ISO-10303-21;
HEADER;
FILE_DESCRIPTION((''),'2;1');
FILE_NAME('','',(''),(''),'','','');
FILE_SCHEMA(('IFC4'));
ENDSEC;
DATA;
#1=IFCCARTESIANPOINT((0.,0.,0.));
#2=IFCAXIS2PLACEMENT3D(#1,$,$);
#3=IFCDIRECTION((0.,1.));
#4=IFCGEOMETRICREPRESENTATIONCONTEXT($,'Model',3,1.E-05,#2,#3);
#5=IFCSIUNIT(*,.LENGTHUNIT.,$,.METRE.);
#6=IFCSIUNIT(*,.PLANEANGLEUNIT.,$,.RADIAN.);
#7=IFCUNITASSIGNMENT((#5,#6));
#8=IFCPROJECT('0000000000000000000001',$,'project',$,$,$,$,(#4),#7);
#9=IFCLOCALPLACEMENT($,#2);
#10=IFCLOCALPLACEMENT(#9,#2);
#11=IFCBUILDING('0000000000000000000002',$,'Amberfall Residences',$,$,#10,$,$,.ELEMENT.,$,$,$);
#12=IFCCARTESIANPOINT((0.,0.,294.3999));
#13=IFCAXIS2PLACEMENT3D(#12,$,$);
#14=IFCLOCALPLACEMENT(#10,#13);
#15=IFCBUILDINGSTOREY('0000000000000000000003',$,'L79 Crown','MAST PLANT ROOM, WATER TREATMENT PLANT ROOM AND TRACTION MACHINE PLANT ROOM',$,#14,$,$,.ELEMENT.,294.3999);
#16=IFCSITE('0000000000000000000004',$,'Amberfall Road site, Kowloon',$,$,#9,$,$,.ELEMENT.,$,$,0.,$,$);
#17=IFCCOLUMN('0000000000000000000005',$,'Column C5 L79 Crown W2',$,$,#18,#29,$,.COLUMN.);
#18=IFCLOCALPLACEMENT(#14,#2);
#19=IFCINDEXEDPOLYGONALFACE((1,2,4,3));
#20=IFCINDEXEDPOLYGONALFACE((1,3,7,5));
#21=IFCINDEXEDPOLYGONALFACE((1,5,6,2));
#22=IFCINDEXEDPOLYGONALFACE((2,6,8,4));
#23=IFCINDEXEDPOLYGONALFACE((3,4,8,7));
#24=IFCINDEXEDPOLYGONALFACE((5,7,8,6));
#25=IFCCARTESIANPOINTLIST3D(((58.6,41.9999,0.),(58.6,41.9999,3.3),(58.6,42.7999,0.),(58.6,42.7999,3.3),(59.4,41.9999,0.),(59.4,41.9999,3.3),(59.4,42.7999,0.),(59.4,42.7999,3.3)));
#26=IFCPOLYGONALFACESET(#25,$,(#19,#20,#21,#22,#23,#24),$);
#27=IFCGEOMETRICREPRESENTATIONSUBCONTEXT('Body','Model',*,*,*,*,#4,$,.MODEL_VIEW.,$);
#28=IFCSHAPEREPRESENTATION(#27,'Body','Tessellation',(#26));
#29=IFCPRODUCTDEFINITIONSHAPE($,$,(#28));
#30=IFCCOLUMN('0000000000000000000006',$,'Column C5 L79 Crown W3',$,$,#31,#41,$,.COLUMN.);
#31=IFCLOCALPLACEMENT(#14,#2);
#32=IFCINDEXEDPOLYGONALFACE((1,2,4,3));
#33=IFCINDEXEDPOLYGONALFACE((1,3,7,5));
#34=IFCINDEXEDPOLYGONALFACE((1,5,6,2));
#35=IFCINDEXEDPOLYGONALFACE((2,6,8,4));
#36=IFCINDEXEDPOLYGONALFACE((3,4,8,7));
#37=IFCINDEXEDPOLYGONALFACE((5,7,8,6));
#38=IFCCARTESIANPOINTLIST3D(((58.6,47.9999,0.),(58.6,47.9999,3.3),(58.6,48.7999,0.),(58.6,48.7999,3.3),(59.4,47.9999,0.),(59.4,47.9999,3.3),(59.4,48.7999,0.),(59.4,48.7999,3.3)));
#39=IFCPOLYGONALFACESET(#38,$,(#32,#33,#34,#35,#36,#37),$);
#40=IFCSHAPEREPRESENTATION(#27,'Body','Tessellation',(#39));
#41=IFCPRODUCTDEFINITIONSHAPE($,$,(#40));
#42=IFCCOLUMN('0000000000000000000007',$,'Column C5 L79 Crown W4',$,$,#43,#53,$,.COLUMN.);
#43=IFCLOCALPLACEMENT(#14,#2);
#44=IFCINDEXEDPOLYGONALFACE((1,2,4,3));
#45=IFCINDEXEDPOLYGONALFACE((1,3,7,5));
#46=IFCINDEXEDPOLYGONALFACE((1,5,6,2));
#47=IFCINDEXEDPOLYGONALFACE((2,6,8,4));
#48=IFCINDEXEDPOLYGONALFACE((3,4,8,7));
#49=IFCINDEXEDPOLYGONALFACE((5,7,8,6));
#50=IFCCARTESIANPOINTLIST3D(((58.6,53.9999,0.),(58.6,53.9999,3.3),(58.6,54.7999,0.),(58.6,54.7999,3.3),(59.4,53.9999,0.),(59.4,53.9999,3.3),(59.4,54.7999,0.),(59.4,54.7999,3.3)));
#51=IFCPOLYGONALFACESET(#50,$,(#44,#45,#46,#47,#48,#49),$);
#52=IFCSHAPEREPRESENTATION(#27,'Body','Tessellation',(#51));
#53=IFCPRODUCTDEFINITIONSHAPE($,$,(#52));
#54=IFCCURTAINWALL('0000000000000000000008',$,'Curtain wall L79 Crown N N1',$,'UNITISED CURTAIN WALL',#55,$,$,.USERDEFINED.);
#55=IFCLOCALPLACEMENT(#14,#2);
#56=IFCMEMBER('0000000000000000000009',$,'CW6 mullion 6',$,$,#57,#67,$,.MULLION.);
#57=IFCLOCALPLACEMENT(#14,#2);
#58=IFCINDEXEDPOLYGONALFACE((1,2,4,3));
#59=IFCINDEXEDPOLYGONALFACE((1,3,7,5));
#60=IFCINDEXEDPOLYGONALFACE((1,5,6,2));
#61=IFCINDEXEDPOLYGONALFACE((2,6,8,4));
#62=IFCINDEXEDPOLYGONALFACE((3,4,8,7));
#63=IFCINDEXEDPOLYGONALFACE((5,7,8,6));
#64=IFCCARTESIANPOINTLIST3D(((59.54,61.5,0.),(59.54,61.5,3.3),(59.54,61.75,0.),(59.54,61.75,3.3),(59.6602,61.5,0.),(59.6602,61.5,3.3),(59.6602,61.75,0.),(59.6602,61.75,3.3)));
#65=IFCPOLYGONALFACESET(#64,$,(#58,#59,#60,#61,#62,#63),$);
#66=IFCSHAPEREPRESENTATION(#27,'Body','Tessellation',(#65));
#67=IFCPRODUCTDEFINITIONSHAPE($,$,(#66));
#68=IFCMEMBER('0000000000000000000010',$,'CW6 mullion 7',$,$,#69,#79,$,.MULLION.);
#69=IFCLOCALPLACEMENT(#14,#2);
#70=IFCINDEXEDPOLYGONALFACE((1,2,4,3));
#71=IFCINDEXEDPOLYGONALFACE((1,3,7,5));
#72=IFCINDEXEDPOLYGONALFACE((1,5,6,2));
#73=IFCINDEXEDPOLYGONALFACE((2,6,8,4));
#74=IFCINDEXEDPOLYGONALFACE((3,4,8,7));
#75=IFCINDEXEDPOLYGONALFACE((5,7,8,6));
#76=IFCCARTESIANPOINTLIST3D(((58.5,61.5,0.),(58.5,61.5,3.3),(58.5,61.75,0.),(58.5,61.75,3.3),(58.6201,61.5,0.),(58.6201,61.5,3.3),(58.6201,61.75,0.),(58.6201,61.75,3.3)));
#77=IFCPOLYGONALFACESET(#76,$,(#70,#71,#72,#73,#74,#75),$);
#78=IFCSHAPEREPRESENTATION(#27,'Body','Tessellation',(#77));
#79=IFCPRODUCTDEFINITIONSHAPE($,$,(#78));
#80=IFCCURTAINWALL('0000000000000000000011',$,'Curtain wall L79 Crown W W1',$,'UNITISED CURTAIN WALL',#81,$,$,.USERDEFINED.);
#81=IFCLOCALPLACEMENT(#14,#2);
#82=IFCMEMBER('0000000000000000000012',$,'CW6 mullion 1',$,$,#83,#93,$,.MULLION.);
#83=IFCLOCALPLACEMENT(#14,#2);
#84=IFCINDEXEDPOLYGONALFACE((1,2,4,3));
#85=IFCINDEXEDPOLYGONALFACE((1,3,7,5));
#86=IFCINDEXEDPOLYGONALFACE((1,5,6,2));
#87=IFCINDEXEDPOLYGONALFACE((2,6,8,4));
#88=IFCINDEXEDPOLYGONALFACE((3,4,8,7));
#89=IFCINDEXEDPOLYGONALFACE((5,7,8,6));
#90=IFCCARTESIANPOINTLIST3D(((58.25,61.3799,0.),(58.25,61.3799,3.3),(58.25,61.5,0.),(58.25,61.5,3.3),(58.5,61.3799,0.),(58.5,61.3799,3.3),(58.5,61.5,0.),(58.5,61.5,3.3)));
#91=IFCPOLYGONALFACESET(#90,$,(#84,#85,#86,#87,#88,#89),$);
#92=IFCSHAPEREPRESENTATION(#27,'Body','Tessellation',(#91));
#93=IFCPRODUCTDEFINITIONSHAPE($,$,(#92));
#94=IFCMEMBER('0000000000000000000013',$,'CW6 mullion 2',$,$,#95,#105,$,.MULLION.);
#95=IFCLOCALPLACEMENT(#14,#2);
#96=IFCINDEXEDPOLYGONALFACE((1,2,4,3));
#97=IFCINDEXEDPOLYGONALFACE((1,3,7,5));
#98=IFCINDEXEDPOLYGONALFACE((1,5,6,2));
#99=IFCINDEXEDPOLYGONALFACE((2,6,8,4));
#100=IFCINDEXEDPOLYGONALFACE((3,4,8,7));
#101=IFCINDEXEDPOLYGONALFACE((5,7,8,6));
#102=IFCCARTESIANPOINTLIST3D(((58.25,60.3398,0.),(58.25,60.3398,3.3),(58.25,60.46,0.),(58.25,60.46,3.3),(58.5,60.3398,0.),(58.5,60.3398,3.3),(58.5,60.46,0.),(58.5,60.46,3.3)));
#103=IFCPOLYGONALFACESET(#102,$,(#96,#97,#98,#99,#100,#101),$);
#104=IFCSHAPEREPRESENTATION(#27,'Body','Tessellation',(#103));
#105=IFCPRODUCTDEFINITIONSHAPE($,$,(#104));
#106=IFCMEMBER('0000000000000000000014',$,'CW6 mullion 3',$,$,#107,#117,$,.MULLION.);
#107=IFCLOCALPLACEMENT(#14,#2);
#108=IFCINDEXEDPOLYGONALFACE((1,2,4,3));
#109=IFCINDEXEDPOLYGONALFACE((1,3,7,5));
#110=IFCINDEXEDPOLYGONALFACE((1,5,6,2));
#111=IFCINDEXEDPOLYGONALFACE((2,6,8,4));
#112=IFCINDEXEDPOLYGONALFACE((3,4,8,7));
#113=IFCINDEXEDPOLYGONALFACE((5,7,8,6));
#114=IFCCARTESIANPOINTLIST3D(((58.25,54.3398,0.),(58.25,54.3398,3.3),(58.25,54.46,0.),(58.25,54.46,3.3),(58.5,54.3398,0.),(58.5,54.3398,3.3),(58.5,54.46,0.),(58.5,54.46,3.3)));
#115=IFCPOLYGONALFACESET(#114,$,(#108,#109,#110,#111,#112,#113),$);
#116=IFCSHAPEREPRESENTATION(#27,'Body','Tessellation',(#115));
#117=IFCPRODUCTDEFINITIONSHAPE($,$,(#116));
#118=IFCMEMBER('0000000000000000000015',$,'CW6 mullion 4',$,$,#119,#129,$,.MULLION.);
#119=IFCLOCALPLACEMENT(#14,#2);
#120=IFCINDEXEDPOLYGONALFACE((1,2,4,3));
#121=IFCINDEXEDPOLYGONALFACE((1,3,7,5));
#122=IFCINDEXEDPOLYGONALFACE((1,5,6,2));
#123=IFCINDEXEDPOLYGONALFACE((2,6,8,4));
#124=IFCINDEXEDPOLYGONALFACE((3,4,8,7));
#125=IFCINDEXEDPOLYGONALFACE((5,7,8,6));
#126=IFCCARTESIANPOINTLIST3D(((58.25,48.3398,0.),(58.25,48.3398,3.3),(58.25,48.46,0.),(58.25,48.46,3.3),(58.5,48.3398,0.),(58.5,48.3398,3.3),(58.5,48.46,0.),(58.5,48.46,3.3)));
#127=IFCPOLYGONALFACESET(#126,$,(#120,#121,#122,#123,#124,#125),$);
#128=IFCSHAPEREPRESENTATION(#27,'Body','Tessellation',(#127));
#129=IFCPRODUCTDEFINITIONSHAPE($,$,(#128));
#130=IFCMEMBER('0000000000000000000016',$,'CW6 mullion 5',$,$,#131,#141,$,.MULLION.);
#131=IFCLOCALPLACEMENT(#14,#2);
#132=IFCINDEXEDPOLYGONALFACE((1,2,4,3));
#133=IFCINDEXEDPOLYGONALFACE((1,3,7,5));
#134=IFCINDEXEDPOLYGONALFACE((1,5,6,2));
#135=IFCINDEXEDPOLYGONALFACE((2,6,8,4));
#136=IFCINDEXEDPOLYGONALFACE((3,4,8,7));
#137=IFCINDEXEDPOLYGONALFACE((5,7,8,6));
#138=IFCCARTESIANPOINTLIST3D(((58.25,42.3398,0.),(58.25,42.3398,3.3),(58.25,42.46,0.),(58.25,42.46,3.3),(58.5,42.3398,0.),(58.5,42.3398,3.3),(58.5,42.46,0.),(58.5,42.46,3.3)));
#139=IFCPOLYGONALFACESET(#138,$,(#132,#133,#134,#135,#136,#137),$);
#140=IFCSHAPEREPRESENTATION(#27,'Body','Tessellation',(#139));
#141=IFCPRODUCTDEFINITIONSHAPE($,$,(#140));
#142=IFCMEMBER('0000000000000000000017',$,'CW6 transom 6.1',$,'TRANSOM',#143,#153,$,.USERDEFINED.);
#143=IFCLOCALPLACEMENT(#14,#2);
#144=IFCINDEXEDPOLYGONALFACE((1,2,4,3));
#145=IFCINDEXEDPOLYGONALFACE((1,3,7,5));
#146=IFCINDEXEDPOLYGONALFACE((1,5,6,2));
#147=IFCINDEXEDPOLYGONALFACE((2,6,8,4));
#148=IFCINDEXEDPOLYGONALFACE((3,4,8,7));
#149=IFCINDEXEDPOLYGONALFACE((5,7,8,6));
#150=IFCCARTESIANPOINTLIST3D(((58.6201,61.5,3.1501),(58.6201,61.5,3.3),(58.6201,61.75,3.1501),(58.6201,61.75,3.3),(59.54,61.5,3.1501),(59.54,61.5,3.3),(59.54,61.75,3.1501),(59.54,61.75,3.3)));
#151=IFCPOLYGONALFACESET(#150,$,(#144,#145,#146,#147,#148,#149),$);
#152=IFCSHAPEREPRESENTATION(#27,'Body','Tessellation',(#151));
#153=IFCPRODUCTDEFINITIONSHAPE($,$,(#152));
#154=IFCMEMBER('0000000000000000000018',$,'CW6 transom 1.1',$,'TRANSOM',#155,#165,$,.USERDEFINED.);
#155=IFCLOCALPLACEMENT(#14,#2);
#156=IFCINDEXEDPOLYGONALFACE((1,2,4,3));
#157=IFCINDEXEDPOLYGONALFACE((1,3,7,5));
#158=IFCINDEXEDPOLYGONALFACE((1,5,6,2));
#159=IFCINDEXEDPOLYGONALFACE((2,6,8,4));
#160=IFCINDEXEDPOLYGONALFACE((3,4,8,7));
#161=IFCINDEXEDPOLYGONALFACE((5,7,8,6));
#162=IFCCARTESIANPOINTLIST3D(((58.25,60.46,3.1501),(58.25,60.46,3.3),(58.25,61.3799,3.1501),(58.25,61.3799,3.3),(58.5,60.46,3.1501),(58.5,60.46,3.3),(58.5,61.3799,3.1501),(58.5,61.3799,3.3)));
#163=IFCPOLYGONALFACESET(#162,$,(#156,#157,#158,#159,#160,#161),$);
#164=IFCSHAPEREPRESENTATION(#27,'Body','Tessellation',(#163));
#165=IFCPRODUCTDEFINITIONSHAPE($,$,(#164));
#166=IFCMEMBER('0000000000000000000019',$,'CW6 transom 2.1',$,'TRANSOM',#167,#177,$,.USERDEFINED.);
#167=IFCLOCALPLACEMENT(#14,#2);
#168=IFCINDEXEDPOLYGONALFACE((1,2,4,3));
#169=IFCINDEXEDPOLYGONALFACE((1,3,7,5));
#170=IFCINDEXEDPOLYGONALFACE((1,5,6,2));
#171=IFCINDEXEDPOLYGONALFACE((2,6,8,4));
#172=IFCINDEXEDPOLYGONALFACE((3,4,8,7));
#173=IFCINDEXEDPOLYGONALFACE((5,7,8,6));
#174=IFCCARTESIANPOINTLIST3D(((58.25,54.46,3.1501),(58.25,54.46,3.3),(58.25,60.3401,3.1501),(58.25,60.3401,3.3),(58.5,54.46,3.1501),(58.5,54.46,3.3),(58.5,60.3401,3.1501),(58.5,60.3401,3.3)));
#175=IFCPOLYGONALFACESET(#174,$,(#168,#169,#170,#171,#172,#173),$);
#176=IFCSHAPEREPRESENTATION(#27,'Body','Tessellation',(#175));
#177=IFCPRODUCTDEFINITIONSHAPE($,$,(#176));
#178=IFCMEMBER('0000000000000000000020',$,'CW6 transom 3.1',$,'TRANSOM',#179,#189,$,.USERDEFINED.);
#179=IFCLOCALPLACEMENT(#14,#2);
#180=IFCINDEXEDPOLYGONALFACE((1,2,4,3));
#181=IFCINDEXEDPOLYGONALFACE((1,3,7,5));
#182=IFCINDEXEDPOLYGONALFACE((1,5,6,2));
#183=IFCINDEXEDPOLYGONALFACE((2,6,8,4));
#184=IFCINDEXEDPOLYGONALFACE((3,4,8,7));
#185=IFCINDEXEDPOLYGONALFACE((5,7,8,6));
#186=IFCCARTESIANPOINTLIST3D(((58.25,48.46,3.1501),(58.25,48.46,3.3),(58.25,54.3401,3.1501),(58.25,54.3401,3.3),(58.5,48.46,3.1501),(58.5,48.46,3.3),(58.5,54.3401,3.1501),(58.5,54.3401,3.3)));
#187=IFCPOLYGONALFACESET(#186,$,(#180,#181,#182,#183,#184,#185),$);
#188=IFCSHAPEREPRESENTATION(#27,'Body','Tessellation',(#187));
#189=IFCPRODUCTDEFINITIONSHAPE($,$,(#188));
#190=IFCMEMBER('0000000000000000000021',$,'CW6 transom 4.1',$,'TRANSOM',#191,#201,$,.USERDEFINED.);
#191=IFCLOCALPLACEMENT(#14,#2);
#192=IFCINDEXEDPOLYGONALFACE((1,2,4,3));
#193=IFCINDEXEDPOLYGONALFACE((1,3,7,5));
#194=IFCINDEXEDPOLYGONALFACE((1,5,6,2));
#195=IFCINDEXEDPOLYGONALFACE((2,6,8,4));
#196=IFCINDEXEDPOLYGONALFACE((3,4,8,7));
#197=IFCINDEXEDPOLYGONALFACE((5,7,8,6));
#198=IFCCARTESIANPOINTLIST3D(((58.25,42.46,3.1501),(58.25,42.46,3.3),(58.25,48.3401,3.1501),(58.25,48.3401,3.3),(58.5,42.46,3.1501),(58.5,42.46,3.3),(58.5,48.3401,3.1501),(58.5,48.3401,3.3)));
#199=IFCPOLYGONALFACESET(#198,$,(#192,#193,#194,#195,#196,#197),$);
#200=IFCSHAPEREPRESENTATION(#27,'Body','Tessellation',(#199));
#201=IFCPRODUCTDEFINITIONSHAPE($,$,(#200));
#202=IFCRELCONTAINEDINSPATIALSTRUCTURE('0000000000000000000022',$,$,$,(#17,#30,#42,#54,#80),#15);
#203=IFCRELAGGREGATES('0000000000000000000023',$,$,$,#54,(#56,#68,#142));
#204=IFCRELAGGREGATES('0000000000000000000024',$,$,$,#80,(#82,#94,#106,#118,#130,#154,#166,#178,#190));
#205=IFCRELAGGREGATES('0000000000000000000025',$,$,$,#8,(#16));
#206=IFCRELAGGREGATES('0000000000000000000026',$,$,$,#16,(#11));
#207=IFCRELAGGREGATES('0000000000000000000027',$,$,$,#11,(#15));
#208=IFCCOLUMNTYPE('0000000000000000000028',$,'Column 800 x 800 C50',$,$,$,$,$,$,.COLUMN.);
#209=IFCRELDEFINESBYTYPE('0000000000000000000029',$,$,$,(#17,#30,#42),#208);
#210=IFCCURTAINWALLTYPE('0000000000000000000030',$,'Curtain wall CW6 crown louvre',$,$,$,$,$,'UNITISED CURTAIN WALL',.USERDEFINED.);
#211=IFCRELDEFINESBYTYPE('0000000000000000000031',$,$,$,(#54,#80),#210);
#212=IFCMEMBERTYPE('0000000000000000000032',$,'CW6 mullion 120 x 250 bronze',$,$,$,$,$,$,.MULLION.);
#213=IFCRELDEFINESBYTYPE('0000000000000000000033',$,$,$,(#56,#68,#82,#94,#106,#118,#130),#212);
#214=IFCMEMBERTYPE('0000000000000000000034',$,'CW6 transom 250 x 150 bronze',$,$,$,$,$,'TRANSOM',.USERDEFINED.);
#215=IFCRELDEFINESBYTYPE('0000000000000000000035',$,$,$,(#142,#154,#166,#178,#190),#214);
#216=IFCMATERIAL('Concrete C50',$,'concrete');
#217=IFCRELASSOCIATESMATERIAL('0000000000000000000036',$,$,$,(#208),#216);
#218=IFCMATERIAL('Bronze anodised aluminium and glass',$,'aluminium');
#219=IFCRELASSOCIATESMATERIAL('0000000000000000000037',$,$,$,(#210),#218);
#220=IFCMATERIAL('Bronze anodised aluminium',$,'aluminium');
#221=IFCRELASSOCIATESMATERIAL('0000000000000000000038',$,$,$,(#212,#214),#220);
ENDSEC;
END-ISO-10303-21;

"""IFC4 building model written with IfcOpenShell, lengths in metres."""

from ifc_helpers import new_model, si_unit, direction, frame, origin, origin_2d, place, context, subcontext, project, spatial, rectangle, extrude, material, material_profile, profile_set, type_object, element, aggregate, save


model = new_model("IFC4")

# Units and contexts
model_context = context("Model", 3, precision=1e-05, world=origin(), true_north=direction((0.0, 1.0)))
body_context = subcontext(model_context, "Body", "Model", "MODEL_VIEW")
ifc_project = project(units=[si_unit("LENGTHUNIT", "METRE"), si_unit("PLANEANGLEUNIT", "RADIAN")], contexts=[model_context])

# Site, building, storey
site_placement = place(None, origin())
site = spatial("IfcSite", under=ifc_project, at=site_placement, Name="Amberfall Road site, Kowloon", CompositionType="ELEMENT", RefElevation=0.0)
building_placement = place(site_placement, origin())
building = spatial("IfcBuilding", under=site, at=building_placement, Name="Amberfall Residences", CompositionType="ELEMENT")
storey_placement = place(building_placement, frame((0.0, 0.0, 294.3999)))
storey = spatial("IfcBuildingStorey", under=building, at=storey_placement, Name="L79 Crown", Description="MAST PLANT ROOM, WATER TREATMENT PLANT ROOM AND TRACTION MACHINE PLANT ROOM", CompositionType="ELEMENT", Elevation=294.3999)

# Columns
ifc_material_1 = material(Name="Concrete C50", Category="concrete")
ifc_material_profile_1 = material_profile(ifc_material_1, rectangle(XDim=0.8, YDim=0.8, at=origin_2d()), Name="Column 800 x 800 C50")
ifc_profile_set_1 = profile_set([ifc_material_profile_1], Name="Concrete C50")
column_type = type_object("IfcColumnType", Name="Column 800 x 800 C50", PredefinedType="COLUMN", material=ifc_profile_set_1)
for number, where, z_axis, x_axis, name in (
    (1, (59.0, 42.3999, 0.0), (0.0, 0.0, 1.0), (1.0, 0.0, 0.0), "Column C5 L79 Crown W2"),
    (2, (59.0, 48.3999, 0.0), (0.0, 0.0, 1.0), (1.0, 0.0, 0.0), "Column C5 L79 Crown W3"),
    (3, (59.0, 54.3999, 0.0), (0.0, 0.0, 1.0), (1.0, 0.0, 0.0), "Column C5 L79 Crown W4"),
):
    element("IfcColumn", number, at=place(storey_placement, frame(where, z_axis=z_axis, x_axis=x_axis)), inside=storey, type_object=column_type, Name=name, PredefinedType="COLUMN", context=body_context, shape_type="SweptSolid", body=[
        extrude(rectangle(XDim=0.8, YDim=0.8, at=origin_2d()), origin(), (0.0, 0.0, 1.0), 3.3),
    ])

# Curtain walls, members
ifc_material_2 = material(Name="Bronze anodised aluminium and glass", Category="aluminium")
curtain_wall_type = type_object("IfcCurtainWallType", Name="Curtain wall CW6 crown louvre", ElementType="UNITISED CURTAIN WALL", PredefinedType="USERDEFINED", material=ifc_material_2)
curtain_wall_1_placement = place(storey_placement, origin())
curtain_wall_1 = element("IfcCurtainWall", 4, at=curtain_wall_1_placement, inside=storey, type_object=curtain_wall_type, Name="Curtain wall L79 Crown N N1", ObjectType="UNITISED CURTAIN WALL", PredefinedType="USERDEFINED")
ifc_material_3 = material(Name="Bronze anodised aluminium", Category="aluminium")
ifc_material_profile_2 = material_profile(ifc_material_3, rectangle(XDim=0.25, YDim=0.1201, at=origin_2d()), Name="CW6 mullion 120 x 250 bronze")
ifc_profile_set_2 = profile_set([ifc_material_profile_2], Name="Bronze anodised aluminium")
member_type_1 = type_object("IfcMemberType", Name="CW6 mullion 120 x 250 bronze", PredefinedType="MULLION", material=ifc_profile_set_2)
member_1_placement = place(storey_placement, frame((59.6001, 61.625, 0.0), z_axis=(0.0, 0.0, 1.0), x_axis=(0.0, -1.0, 0.0)))
member_1 = element("IfcMember", 5, at=member_1_placement, type_object=member_type_1, Name="CW6 mullion 6", PredefinedType="MULLION", context=body_context, shape_type="SweptSolid", body=[
    extrude(rectangle(XDim=0.25, YDim=0.1201, at=origin_2d()), origin(), (0.0, 0.0, 1.0), 3.3),
])
member_2_placement = place(storey_placement, frame((58.5601, 61.625, 0.0), z_axis=(0.0, 0.0, 1.0), x_axis=(0.0, -1.0, 0.0)))
member_2 = element("IfcMember", 6, at=member_2_placement, type_object=member_type_1, Name="CW6 mullion 7", PredefinedType="MULLION", context=body_context, shape_type="SweptSolid", body=[
    extrude(rectangle(XDim=0.25, YDim=0.1201, at=origin_2d()), origin(), (0.0, 0.0, 1.0), 3.3),
])
curtain_wall_2_placement = place(storey_placement, origin())
curtain_wall_2 = element("IfcCurtainWall", 7, at=curtain_wall_2_placement, inside=storey, type_object=curtain_wall_type, Name="Curtain wall L79 Crown W W1", ObjectType="UNITISED CURTAIN WALL", PredefinedType="USERDEFINED")
member_3_placement = place(storey_placement, frame((58.375, 61.4399, 0.0), z_axis=(0.0, 0.0, 1.0), x_axis=(1.0, 0.0, 0.0)))
member_3 = element("IfcMember", 8, at=member_3_placement, type_object=member_type_1, Name="CW6 mullion 1", PredefinedType="MULLION", context=body_context, shape_type="SweptSolid", body=[
    extrude(rectangle(XDim=0.25, YDim=0.1201, at=origin_2d()), origin(), (0.0, 0.0, 1.0), 3.3),
])
member_4_placement = place(storey_placement, frame((58.375, 60.3999, 0.0), z_axis=(0.0, 0.0, 1.0), x_axis=(1.0, 0.0, 0.0)))
member_4 = element("IfcMember", 9, at=member_4_placement, type_object=member_type_1, Name="CW6 mullion 2", PredefinedType="MULLION", context=body_context, shape_type="SweptSolid", body=[
    extrude(rectangle(XDim=0.25, YDim=0.1201, at=origin_2d()), origin(), (0.0, 0.0, 1.0), 3.3),
])
member_5_placement = place(storey_placement, frame((58.375, 54.3999, 0.0), z_axis=(0.0, 0.0, 1.0), x_axis=(1.0, 0.0, 0.0)))
member_5 = element("IfcMember", 10, at=member_5_placement, type_object=member_type_1, Name="CW6 mullion 3", PredefinedType="MULLION", context=body_context, shape_type="SweptSolid", body=[
    extrude(rectangle(XDim=0.25, YDim=0.1201, at=origin_2d()), origin(), (0.0, 0.0, 1.0), 3.3),
])
member_6_placement = place(storey_placement, frame((58.375, 48.3999, 0.0), z_axis=(0.0, 0.0, 1.0), x_axis=(1.0, 0.0, 0.0)))
member_6 = element("IfcMember", 11, at=member_6_placement, type_object=member_type_1, Name="CW6 mullion 4", PredefinedType="MULLION", context=body_context, shape_type="SweptSolid", body=[
    extrude(rectangle(XDim=0.25, YDim=0.1201, at=origin_2d()), origin(), (0.0, 0.0, 1.0), 3.3),
])
member_7_placement = place(storey_placement, frame((58.375, 42.3999, 0.0), z_axis=(0.0, 0.0, 1.0), x_axis=(1.0, 0.0, 0.0)))
member_7 = element("IfcMember", 12, at=member_7_placement, type_object=member_type_1, Name="CW6 mullion 5", PredefinedType="MULLION", context=body_context, shape_type="SweptSolid", body=[
    extrude(rectangle(XDim=0.25, YDim=0.1201, at=origin_2d()), origin(), (0.0, 0.0, 1.0), 3.3),
])

# Members
ifc_material_profile_3 = material_profile(ifc_material_3, rectangle(XDim=0.25, YDim=0.1499, at=origin_2d()), Name="CW6 transom 250 x 150 bronze")
ifc_profile_set_3 = profile_set([ifc_material_profile_3], Name="Bronze anodised aluminium")
member_type_2 = type_object("IfcMemberType", Name="CW6 transom 250 x 150 bronze", ElementType="TRANSOM", PredefinedType="USERDEFINED", material=ifc_profile_set_3)
member_8_placement = place(storey_placement, frame((59.54, 61.625, 3.2251), z_axis=(-1.0, 0.0, 0.0), x_axis=(0.0, -1.0, 0.0)))
member_8 = element("IfcMember", 13, at=member_8_placement, type_object=member_type_2, Name="CW6 transom 6.1", ObjectType="TRANSOM", PredefinedType="USERDEFINED", context=body_context, shape_type="SweptSolid", body=[
    extrude(rectangle(XDim=0.25, YDim=0.1499, at=origin_2d()), origin(), (0.0, 0.0, 1.0), 0.9199),
])
member_9_placement = place(storey_placement, frame((58.375, 61.3799, 3.2251), z_axis=(0.0, -1.0, 0.0), x_axis=(1.0, 0.0, 0.0)))
member_9 = element("IfcMember", 14, at=member_9_placement, type_object=member_type_2, Name="CW6 transom 1.1", ObjectType="TRANSOM", PredefinedType="USERDEFINED", context=body_context, shape_type="SweptSolid", body=[
    extrude(rectangle(XDim=0.25, YDim=0.1499, at=origin_2d()), origin(), (0.0, 0.0, 1.0), 0.9199),
])
member_10_placement = place(storey_placement, frame((58.375, 60.3401, 3.2251), z_axis=(0.0, -1.0, 0.0), x_axis=(1.0, 0.0, 0.0)))
member_10 = element("IfcMember", 15, at=member_10_placement, type_object=member_type_2, Name="CW6 transom 2.1", ObjectType="TRANSOM", PredefinedType="USERDEFINED", context=body_context, shape_type="SweptSolid", body=[
    extrude(rectangle(XDim=0.25, YDim=0.1499, at=origin_2d()), origin(), (0.0, 0.0, 1.0), 5.8801),
])
member_11_placement = place(storey_placement, frame((58.375, 54.3401, 3.2251), z_axis=(0.0, -1.0, 0.0), x_axis=(1.0, 0.0, 0.0)))
member_11 = element("IfcMember", 16, at=member_11_placement, type_object=member_type_2, Name="CW6 transom 3.1", ObjectType="TRANSOM", PredefinedType="USERDEFINED", context=body_context, shape_type="SweptSolid", body=[
    extrude(rectangle(XDim=0.25, YDim=0.1499, at=origin_2d()), origin(), (0.0, 0.0, 1.0), 5.8801),
])
member_12_placement = place(storey_placement, frame((58.375, 48.3401, 3.2251), z_axis=(0.0, -1.0, 0.0), x_axis=(1.0, 0.0, 0.0)))
member_12 = element("IfcMember", 17, at=member_12_placement, type_object=member_type_2, Name="CW6 transom 4.1", ObjectType="TRANSOM", PredefinedType="USERDEFINED", context=body_context, shape_type="SweptSolid", body=[
    extrude(rectangle(XDim=0.25, YDim=0.1499, at=origin_2d()), origin(), (0.0, 0.0, 1.0), 5.8801),
])

aggregate(curtain_wall_1, [member_1, member_2, member_8])
aggregate(curtain_wall_2, [member_3, member_4, member_5, member_6, member_7, member_9, member_10, member_11, member_12])

save(model, "model.ifc")
